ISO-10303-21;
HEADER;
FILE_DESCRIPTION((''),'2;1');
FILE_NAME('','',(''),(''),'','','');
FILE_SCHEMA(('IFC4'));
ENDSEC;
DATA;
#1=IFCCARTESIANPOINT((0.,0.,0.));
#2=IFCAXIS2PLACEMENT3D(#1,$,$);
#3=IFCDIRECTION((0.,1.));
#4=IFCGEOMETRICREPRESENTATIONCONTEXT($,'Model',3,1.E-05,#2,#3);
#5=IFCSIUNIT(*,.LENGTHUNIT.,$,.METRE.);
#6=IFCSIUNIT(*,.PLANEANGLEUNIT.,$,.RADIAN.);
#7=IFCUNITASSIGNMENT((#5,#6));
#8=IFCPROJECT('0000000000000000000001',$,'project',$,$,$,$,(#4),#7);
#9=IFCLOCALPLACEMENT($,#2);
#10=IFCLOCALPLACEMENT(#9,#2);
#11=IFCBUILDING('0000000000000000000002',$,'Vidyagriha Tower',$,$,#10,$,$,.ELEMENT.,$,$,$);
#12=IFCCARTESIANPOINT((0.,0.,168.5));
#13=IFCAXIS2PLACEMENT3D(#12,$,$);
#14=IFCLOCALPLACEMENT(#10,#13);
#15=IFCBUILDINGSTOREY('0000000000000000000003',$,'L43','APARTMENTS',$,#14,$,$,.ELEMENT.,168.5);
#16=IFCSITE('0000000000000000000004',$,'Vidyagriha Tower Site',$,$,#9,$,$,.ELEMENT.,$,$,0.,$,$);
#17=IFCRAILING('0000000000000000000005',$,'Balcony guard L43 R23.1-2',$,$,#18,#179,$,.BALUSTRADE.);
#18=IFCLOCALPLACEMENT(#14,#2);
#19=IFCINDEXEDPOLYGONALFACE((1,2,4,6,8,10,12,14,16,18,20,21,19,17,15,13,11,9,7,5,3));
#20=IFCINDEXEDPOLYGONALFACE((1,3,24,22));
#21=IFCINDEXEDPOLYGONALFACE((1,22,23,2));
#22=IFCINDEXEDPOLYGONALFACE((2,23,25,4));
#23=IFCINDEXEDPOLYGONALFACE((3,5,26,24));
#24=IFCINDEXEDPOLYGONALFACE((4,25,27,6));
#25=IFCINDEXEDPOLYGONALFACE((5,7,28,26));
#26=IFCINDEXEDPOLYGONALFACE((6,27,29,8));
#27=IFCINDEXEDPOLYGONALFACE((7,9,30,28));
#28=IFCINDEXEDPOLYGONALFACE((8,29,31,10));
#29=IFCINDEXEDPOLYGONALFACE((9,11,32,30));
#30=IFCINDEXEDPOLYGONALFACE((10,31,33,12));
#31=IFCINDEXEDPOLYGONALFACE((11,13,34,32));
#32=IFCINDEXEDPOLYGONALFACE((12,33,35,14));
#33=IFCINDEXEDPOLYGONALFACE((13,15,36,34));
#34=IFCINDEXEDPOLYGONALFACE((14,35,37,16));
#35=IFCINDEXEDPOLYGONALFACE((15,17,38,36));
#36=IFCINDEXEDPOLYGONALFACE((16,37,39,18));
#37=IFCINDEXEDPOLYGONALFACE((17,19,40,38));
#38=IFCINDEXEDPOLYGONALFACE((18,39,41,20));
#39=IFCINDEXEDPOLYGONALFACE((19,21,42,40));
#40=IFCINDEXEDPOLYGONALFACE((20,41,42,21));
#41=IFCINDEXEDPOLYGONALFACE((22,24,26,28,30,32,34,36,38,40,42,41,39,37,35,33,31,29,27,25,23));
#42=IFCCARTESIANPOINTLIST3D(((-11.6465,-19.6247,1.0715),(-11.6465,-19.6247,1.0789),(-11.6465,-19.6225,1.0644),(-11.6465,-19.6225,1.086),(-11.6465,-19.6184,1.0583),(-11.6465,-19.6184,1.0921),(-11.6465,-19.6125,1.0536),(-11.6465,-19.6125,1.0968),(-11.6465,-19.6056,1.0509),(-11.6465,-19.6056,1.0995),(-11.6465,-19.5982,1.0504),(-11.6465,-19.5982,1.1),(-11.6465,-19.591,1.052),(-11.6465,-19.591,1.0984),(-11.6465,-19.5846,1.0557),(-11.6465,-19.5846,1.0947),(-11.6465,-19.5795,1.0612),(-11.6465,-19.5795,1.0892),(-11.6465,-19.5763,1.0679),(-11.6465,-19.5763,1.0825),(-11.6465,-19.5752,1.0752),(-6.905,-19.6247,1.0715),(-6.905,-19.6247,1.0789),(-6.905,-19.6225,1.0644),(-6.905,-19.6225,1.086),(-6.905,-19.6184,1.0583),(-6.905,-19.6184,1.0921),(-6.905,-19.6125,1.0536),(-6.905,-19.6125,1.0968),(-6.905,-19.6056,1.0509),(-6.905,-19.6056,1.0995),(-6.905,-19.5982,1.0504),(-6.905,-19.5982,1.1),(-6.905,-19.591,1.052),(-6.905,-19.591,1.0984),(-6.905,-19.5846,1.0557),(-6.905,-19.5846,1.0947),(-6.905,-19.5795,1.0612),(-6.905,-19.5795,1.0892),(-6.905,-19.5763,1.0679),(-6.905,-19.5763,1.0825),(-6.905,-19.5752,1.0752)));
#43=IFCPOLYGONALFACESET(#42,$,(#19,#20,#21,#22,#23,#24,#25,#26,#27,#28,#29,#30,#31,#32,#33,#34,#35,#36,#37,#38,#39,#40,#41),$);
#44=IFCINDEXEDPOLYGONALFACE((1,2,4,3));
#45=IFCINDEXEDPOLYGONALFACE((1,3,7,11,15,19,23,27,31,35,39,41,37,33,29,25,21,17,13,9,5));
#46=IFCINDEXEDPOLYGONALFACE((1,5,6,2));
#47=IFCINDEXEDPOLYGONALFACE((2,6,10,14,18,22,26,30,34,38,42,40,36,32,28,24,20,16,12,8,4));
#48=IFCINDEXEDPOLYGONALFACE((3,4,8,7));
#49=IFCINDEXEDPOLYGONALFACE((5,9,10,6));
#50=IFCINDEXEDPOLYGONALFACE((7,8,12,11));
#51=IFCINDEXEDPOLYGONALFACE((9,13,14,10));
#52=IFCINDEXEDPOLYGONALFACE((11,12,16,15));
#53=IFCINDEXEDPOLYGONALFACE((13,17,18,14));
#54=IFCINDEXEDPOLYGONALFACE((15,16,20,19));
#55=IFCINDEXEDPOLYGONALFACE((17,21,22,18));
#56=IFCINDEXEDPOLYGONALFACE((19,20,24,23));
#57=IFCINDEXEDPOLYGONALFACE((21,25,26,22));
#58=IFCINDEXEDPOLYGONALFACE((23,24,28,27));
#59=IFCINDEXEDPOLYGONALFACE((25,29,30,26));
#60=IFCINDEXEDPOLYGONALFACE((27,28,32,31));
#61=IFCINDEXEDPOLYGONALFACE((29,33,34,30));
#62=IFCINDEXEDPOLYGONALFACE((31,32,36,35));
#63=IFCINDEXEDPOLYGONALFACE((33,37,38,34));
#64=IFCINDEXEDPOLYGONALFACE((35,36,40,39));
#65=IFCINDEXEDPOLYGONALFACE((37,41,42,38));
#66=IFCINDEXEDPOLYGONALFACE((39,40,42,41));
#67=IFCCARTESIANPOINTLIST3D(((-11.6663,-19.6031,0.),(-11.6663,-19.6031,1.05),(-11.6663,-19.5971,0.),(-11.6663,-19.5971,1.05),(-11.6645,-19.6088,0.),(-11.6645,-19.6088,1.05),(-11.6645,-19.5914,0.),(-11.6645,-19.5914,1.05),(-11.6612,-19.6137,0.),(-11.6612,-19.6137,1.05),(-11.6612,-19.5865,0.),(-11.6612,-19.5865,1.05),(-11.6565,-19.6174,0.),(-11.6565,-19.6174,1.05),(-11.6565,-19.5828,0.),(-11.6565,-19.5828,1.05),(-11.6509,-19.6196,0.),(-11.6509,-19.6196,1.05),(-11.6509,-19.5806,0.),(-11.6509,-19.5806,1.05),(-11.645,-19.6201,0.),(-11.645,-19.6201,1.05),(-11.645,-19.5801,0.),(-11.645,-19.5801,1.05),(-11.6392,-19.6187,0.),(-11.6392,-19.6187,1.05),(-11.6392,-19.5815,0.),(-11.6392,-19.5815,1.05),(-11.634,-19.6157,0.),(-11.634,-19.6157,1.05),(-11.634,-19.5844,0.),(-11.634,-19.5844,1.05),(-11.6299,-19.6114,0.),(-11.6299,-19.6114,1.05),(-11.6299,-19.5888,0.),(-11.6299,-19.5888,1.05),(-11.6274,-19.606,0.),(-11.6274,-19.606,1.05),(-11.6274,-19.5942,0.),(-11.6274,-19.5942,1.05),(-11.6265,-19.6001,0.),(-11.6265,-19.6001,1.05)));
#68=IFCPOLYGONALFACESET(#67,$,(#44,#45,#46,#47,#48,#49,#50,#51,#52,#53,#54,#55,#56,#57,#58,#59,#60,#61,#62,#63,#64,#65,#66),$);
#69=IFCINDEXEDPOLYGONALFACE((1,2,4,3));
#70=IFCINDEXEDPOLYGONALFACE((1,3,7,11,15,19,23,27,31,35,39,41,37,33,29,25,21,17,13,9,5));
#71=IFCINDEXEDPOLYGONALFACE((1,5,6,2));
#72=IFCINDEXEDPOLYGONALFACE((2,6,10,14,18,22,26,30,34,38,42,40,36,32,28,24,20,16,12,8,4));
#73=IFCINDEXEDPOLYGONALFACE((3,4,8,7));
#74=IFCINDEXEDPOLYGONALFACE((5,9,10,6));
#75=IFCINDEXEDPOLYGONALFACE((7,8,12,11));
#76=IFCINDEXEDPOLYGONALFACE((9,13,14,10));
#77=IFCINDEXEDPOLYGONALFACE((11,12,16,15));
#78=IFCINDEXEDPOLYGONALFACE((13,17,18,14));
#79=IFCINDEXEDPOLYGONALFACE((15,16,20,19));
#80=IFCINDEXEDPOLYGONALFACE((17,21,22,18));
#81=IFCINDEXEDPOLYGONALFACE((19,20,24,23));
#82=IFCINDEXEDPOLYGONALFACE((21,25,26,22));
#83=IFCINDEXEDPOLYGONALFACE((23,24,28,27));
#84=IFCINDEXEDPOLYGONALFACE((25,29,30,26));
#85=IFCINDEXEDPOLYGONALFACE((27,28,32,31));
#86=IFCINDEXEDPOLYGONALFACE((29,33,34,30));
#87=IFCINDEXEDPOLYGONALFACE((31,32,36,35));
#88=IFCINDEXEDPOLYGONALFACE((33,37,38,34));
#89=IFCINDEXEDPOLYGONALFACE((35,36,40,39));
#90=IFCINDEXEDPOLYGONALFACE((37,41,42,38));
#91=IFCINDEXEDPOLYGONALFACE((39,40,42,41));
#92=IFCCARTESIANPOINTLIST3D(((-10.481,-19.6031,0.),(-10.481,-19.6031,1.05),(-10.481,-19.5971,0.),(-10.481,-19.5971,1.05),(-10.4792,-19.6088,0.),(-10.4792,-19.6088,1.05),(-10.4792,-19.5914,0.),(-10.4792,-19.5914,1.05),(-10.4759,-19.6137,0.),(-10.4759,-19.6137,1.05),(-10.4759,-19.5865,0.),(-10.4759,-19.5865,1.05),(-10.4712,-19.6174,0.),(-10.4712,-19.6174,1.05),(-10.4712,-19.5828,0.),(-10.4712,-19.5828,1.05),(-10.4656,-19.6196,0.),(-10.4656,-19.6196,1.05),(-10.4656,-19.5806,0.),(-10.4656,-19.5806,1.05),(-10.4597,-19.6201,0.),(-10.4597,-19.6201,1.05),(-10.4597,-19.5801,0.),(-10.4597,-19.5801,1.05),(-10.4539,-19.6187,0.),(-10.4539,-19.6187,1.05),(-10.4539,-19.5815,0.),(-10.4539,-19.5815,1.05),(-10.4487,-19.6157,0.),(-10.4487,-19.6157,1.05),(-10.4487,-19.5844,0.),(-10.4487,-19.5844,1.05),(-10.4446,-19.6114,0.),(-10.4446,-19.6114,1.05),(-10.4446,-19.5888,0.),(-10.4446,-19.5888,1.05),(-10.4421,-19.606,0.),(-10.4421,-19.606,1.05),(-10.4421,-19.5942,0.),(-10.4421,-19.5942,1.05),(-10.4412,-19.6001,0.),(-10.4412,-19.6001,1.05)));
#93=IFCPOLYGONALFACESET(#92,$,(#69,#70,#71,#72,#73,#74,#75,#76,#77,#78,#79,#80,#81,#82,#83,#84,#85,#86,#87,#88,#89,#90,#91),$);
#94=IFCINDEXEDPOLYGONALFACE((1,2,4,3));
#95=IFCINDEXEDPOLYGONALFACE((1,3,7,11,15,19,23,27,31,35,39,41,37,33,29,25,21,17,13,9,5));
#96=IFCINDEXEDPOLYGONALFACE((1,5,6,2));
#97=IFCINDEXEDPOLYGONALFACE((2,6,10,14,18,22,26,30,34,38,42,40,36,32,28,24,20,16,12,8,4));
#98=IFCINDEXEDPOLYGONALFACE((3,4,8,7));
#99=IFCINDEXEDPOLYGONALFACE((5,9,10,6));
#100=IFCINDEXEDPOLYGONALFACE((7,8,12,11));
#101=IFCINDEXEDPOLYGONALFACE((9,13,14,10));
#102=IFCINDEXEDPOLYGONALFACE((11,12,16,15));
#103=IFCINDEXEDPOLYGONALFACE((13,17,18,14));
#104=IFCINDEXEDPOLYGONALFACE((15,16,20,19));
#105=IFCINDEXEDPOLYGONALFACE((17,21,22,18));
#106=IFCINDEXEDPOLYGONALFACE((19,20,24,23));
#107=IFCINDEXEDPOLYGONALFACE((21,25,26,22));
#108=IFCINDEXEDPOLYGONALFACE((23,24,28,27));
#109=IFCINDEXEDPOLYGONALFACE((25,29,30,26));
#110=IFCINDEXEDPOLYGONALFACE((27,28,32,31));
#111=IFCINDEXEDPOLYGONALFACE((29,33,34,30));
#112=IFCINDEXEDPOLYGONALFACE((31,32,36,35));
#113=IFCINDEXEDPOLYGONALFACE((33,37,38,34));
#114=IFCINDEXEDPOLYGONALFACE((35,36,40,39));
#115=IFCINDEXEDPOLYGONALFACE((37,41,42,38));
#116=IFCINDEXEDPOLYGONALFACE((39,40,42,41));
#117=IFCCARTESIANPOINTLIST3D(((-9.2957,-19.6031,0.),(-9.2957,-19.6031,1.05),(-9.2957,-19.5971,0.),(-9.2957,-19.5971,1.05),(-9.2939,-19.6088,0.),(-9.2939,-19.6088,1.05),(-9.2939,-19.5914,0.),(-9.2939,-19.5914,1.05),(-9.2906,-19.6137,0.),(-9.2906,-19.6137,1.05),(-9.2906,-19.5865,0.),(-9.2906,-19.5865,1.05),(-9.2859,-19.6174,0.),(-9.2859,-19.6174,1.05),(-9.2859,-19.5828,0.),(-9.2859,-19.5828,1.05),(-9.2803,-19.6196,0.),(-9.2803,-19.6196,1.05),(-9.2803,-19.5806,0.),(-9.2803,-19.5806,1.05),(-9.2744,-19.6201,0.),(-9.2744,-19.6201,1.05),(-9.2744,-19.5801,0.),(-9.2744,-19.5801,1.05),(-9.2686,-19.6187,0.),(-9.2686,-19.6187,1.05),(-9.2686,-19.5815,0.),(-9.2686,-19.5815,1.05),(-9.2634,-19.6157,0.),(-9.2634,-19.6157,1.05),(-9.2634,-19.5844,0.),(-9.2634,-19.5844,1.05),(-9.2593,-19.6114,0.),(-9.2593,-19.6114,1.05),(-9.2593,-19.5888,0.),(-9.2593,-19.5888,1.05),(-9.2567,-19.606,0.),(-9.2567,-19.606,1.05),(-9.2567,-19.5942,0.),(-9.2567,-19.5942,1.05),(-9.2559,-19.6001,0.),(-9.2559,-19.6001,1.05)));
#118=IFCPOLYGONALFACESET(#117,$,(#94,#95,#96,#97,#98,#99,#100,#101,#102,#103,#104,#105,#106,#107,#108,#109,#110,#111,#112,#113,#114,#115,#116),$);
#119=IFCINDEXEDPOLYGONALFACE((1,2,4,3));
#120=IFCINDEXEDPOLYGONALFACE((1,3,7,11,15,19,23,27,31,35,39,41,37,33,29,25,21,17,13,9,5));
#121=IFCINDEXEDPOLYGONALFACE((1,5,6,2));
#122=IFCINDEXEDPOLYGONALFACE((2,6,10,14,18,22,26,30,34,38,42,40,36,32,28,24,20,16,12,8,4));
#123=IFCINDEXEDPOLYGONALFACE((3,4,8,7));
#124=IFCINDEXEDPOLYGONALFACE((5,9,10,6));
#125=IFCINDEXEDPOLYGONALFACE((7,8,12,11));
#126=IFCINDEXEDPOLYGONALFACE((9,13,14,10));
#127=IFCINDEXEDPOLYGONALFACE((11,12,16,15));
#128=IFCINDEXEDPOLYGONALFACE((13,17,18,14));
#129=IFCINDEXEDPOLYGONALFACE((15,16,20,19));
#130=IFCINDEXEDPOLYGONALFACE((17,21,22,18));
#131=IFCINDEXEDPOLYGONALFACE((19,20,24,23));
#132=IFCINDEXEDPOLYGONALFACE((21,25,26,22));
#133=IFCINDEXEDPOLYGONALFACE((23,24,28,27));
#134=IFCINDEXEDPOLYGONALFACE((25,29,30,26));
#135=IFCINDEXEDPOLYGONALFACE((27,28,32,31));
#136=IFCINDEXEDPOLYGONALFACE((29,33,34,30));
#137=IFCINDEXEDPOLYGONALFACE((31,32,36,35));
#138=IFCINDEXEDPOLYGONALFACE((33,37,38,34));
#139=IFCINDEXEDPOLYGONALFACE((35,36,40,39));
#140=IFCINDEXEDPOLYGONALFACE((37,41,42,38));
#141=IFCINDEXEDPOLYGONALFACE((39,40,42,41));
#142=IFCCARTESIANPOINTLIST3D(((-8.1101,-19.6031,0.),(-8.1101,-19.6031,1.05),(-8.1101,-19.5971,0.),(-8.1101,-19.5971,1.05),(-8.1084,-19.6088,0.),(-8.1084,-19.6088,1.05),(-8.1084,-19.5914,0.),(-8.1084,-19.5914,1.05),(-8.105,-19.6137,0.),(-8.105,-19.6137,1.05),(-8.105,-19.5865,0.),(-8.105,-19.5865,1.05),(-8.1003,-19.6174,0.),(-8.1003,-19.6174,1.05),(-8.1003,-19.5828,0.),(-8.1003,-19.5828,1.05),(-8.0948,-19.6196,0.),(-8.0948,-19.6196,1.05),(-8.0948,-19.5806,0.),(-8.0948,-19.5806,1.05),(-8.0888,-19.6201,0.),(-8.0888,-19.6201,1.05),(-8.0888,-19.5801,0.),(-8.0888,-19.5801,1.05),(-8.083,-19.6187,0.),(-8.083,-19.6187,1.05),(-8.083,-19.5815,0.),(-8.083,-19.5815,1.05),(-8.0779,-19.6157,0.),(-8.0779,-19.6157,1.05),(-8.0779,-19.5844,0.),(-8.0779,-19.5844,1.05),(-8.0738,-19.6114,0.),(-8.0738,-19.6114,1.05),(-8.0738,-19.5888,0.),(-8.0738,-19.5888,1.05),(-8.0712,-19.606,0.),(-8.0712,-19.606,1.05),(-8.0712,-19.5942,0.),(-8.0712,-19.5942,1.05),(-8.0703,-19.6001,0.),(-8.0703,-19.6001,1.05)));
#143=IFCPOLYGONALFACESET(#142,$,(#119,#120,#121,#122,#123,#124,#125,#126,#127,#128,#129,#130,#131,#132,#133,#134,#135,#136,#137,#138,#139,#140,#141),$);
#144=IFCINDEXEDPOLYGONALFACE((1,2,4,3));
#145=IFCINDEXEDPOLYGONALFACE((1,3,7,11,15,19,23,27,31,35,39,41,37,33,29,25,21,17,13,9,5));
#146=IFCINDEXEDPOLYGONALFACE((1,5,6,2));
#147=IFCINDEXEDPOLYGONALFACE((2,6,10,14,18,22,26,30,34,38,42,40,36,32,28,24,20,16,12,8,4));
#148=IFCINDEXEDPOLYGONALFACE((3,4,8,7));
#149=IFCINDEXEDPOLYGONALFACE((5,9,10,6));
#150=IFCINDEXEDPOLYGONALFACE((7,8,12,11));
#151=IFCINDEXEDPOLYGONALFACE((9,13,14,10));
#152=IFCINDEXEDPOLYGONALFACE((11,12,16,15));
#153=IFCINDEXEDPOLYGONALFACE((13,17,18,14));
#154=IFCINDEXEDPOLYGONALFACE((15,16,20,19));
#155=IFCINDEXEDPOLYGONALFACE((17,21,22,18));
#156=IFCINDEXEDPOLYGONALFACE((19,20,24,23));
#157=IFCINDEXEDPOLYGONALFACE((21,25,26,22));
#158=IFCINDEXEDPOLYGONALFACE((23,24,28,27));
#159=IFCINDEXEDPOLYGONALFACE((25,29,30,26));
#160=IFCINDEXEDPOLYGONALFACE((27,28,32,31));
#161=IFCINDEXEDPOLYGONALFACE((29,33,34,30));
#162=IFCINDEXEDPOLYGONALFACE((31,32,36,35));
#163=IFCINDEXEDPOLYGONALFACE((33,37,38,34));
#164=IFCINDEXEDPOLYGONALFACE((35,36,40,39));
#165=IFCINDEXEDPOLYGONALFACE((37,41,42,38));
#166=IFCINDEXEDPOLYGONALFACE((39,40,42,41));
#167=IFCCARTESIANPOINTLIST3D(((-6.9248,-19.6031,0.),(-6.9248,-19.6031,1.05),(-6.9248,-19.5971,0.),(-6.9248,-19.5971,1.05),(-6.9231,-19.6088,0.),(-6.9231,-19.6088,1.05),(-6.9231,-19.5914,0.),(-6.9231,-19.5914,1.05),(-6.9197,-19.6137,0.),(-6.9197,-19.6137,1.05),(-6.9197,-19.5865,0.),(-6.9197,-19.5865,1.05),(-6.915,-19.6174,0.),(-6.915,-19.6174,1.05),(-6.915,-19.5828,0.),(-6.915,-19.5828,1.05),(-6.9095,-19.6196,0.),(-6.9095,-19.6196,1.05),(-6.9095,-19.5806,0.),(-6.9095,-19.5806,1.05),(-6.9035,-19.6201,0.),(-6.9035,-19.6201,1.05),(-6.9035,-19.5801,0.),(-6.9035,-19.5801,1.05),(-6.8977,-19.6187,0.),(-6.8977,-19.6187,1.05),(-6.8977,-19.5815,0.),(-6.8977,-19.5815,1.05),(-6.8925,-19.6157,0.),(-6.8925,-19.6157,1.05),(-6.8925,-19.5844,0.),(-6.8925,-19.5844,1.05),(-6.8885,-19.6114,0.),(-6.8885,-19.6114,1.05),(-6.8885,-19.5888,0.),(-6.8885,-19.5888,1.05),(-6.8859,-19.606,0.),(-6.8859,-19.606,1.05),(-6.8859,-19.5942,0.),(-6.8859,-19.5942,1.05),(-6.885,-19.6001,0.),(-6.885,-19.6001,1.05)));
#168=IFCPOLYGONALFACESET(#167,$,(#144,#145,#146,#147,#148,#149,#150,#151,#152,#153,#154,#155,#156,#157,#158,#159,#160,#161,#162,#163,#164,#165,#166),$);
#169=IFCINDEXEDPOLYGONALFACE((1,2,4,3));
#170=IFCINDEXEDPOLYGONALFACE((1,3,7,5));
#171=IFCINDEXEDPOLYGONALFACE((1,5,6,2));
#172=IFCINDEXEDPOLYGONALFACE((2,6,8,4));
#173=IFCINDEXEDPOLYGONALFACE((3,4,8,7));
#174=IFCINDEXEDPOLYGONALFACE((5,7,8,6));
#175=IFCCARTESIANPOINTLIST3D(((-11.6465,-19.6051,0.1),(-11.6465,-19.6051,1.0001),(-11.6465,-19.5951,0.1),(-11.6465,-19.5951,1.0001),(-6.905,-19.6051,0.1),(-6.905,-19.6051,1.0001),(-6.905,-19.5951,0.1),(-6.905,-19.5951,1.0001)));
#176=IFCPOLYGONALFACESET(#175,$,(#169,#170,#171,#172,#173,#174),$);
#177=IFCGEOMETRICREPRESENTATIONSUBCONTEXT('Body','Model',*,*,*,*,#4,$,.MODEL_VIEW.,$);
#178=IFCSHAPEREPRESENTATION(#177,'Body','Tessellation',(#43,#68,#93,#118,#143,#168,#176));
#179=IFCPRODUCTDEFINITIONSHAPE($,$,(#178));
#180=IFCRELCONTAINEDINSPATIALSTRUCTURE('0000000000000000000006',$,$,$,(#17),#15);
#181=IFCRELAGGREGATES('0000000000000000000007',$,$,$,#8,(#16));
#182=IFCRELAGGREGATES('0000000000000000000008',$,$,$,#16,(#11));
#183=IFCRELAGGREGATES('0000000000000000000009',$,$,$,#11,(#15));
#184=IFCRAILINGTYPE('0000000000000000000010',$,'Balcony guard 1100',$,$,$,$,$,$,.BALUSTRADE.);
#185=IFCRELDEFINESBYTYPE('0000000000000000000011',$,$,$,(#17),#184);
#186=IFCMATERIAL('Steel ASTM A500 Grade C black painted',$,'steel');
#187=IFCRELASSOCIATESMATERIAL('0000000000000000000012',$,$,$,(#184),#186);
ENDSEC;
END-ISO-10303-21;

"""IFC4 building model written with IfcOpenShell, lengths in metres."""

from ifc_helpers import new_model, si_unit, direction, frame, origin, origin_2d, place, context, subcontext, project, spatial, rectangle, circle, extrude, material, type_object, element, save


model = new_model("IFC4")

# Units and contexts
model_context = context("Model", 3, precision=1e-05, world=origin(), true_north=direction((0.0, 1.0)))
body_context = subcontext(model_context, "Body", "Model", "MODEL_VIEW")
ifc_project = project(units=[si_unit("LENGTHUNIT", "METRE"), si_unit("PLANEANGLEUNIT", "RADIAN")], contexts=[model_context])

# Site, building, storey
site_placement = place(None, origin())
site = spatial("IfcSite", under=ifc_project, at=site_placement, Name="Vidyagriha Tower Site", CompositionType="ELEMENT", RefElevation=0.0)
building_placement = place(site_placement, origin())
building = spatial("IfcBuilding", under=site, at=building_placement, Name="Vidyagriha Tower", CompositionType="ELEMENT")
storey_placement = place(building_placement, frame((0.0, 0.0, 168.5)))
storey = spatial("IfcBuildingStorey", under=building, at=storey_placement, Name="L43", Description="APARTMENTS", CompositionType="ELEMENT", Elevation=168.5)

# Railing
ifc_material_1 = material(Name="Steel ASTM A500 Grade C black painted", Category="steel")
railing_type = type_object("IfcRailingType", Name="Balcony guard 1100", PredefinedType="BALUSTRADE", material=ifc_material_1)
railing_1_placement = place(storey_placement, frame((-11.6465, -19.6001, 0.0)))
element("IfcRailing", 1, at=railing_1_placement, inside=storey, type_object=railing_type, Name="Balcony guard L43 R23.1-2", PredefinedType="BALUSTRADE", context=body_context, shape_type="SweptSolid", body=[
    extrude(circle(Radius=0.0249, at=origin_2d()), frame((0.0, 0.0, 1.0752), z_axis=(1.0, 0.0, 0.0), x_axis=(0.0, 1.0, 0.0)), (0.0, 0.0, 1.0), 4.7415),
    extrude(circle(Radius=0.02, at=origin_2d()), origin(), (0.0, 0.0, 1.0), 1.05),
    extrude(circle(Radius=0.02, at=origin_2d()), frame((1.1853, 0.0, 0.0)), (0.0, 0.0, 1.0), 1.05),
    extrude(circle(Radius=0.02, at=origin_2d()), frame((2.3706, 0.0, 0.0)), (0.0, 0.0, 1.0), 1.05),
    extrude(circle(Radius=0.02, at=origin_2d()), frame((3.5562, 0.0, 0.0)), (0.0, 0.0, 1.0), 1.05),
    extrude(circle(Radius=0.02, at=origin_2d()), frame((4.7415, 0.0, 0.0)), (0.0, 0.0, 1.0), 1.05),
    extrude(rectangle(XDim=0.01, YDim=0.9001, at=origin_2d()), frame((0.0, 0.0, 0.55), z_axis=(1.0, 0.0, 0.0), x_axis=(0.0, 1.0, 0.0)), (0.0, 0.0, 1.0), 4.7415),
])

save(model, "model.ifc")
